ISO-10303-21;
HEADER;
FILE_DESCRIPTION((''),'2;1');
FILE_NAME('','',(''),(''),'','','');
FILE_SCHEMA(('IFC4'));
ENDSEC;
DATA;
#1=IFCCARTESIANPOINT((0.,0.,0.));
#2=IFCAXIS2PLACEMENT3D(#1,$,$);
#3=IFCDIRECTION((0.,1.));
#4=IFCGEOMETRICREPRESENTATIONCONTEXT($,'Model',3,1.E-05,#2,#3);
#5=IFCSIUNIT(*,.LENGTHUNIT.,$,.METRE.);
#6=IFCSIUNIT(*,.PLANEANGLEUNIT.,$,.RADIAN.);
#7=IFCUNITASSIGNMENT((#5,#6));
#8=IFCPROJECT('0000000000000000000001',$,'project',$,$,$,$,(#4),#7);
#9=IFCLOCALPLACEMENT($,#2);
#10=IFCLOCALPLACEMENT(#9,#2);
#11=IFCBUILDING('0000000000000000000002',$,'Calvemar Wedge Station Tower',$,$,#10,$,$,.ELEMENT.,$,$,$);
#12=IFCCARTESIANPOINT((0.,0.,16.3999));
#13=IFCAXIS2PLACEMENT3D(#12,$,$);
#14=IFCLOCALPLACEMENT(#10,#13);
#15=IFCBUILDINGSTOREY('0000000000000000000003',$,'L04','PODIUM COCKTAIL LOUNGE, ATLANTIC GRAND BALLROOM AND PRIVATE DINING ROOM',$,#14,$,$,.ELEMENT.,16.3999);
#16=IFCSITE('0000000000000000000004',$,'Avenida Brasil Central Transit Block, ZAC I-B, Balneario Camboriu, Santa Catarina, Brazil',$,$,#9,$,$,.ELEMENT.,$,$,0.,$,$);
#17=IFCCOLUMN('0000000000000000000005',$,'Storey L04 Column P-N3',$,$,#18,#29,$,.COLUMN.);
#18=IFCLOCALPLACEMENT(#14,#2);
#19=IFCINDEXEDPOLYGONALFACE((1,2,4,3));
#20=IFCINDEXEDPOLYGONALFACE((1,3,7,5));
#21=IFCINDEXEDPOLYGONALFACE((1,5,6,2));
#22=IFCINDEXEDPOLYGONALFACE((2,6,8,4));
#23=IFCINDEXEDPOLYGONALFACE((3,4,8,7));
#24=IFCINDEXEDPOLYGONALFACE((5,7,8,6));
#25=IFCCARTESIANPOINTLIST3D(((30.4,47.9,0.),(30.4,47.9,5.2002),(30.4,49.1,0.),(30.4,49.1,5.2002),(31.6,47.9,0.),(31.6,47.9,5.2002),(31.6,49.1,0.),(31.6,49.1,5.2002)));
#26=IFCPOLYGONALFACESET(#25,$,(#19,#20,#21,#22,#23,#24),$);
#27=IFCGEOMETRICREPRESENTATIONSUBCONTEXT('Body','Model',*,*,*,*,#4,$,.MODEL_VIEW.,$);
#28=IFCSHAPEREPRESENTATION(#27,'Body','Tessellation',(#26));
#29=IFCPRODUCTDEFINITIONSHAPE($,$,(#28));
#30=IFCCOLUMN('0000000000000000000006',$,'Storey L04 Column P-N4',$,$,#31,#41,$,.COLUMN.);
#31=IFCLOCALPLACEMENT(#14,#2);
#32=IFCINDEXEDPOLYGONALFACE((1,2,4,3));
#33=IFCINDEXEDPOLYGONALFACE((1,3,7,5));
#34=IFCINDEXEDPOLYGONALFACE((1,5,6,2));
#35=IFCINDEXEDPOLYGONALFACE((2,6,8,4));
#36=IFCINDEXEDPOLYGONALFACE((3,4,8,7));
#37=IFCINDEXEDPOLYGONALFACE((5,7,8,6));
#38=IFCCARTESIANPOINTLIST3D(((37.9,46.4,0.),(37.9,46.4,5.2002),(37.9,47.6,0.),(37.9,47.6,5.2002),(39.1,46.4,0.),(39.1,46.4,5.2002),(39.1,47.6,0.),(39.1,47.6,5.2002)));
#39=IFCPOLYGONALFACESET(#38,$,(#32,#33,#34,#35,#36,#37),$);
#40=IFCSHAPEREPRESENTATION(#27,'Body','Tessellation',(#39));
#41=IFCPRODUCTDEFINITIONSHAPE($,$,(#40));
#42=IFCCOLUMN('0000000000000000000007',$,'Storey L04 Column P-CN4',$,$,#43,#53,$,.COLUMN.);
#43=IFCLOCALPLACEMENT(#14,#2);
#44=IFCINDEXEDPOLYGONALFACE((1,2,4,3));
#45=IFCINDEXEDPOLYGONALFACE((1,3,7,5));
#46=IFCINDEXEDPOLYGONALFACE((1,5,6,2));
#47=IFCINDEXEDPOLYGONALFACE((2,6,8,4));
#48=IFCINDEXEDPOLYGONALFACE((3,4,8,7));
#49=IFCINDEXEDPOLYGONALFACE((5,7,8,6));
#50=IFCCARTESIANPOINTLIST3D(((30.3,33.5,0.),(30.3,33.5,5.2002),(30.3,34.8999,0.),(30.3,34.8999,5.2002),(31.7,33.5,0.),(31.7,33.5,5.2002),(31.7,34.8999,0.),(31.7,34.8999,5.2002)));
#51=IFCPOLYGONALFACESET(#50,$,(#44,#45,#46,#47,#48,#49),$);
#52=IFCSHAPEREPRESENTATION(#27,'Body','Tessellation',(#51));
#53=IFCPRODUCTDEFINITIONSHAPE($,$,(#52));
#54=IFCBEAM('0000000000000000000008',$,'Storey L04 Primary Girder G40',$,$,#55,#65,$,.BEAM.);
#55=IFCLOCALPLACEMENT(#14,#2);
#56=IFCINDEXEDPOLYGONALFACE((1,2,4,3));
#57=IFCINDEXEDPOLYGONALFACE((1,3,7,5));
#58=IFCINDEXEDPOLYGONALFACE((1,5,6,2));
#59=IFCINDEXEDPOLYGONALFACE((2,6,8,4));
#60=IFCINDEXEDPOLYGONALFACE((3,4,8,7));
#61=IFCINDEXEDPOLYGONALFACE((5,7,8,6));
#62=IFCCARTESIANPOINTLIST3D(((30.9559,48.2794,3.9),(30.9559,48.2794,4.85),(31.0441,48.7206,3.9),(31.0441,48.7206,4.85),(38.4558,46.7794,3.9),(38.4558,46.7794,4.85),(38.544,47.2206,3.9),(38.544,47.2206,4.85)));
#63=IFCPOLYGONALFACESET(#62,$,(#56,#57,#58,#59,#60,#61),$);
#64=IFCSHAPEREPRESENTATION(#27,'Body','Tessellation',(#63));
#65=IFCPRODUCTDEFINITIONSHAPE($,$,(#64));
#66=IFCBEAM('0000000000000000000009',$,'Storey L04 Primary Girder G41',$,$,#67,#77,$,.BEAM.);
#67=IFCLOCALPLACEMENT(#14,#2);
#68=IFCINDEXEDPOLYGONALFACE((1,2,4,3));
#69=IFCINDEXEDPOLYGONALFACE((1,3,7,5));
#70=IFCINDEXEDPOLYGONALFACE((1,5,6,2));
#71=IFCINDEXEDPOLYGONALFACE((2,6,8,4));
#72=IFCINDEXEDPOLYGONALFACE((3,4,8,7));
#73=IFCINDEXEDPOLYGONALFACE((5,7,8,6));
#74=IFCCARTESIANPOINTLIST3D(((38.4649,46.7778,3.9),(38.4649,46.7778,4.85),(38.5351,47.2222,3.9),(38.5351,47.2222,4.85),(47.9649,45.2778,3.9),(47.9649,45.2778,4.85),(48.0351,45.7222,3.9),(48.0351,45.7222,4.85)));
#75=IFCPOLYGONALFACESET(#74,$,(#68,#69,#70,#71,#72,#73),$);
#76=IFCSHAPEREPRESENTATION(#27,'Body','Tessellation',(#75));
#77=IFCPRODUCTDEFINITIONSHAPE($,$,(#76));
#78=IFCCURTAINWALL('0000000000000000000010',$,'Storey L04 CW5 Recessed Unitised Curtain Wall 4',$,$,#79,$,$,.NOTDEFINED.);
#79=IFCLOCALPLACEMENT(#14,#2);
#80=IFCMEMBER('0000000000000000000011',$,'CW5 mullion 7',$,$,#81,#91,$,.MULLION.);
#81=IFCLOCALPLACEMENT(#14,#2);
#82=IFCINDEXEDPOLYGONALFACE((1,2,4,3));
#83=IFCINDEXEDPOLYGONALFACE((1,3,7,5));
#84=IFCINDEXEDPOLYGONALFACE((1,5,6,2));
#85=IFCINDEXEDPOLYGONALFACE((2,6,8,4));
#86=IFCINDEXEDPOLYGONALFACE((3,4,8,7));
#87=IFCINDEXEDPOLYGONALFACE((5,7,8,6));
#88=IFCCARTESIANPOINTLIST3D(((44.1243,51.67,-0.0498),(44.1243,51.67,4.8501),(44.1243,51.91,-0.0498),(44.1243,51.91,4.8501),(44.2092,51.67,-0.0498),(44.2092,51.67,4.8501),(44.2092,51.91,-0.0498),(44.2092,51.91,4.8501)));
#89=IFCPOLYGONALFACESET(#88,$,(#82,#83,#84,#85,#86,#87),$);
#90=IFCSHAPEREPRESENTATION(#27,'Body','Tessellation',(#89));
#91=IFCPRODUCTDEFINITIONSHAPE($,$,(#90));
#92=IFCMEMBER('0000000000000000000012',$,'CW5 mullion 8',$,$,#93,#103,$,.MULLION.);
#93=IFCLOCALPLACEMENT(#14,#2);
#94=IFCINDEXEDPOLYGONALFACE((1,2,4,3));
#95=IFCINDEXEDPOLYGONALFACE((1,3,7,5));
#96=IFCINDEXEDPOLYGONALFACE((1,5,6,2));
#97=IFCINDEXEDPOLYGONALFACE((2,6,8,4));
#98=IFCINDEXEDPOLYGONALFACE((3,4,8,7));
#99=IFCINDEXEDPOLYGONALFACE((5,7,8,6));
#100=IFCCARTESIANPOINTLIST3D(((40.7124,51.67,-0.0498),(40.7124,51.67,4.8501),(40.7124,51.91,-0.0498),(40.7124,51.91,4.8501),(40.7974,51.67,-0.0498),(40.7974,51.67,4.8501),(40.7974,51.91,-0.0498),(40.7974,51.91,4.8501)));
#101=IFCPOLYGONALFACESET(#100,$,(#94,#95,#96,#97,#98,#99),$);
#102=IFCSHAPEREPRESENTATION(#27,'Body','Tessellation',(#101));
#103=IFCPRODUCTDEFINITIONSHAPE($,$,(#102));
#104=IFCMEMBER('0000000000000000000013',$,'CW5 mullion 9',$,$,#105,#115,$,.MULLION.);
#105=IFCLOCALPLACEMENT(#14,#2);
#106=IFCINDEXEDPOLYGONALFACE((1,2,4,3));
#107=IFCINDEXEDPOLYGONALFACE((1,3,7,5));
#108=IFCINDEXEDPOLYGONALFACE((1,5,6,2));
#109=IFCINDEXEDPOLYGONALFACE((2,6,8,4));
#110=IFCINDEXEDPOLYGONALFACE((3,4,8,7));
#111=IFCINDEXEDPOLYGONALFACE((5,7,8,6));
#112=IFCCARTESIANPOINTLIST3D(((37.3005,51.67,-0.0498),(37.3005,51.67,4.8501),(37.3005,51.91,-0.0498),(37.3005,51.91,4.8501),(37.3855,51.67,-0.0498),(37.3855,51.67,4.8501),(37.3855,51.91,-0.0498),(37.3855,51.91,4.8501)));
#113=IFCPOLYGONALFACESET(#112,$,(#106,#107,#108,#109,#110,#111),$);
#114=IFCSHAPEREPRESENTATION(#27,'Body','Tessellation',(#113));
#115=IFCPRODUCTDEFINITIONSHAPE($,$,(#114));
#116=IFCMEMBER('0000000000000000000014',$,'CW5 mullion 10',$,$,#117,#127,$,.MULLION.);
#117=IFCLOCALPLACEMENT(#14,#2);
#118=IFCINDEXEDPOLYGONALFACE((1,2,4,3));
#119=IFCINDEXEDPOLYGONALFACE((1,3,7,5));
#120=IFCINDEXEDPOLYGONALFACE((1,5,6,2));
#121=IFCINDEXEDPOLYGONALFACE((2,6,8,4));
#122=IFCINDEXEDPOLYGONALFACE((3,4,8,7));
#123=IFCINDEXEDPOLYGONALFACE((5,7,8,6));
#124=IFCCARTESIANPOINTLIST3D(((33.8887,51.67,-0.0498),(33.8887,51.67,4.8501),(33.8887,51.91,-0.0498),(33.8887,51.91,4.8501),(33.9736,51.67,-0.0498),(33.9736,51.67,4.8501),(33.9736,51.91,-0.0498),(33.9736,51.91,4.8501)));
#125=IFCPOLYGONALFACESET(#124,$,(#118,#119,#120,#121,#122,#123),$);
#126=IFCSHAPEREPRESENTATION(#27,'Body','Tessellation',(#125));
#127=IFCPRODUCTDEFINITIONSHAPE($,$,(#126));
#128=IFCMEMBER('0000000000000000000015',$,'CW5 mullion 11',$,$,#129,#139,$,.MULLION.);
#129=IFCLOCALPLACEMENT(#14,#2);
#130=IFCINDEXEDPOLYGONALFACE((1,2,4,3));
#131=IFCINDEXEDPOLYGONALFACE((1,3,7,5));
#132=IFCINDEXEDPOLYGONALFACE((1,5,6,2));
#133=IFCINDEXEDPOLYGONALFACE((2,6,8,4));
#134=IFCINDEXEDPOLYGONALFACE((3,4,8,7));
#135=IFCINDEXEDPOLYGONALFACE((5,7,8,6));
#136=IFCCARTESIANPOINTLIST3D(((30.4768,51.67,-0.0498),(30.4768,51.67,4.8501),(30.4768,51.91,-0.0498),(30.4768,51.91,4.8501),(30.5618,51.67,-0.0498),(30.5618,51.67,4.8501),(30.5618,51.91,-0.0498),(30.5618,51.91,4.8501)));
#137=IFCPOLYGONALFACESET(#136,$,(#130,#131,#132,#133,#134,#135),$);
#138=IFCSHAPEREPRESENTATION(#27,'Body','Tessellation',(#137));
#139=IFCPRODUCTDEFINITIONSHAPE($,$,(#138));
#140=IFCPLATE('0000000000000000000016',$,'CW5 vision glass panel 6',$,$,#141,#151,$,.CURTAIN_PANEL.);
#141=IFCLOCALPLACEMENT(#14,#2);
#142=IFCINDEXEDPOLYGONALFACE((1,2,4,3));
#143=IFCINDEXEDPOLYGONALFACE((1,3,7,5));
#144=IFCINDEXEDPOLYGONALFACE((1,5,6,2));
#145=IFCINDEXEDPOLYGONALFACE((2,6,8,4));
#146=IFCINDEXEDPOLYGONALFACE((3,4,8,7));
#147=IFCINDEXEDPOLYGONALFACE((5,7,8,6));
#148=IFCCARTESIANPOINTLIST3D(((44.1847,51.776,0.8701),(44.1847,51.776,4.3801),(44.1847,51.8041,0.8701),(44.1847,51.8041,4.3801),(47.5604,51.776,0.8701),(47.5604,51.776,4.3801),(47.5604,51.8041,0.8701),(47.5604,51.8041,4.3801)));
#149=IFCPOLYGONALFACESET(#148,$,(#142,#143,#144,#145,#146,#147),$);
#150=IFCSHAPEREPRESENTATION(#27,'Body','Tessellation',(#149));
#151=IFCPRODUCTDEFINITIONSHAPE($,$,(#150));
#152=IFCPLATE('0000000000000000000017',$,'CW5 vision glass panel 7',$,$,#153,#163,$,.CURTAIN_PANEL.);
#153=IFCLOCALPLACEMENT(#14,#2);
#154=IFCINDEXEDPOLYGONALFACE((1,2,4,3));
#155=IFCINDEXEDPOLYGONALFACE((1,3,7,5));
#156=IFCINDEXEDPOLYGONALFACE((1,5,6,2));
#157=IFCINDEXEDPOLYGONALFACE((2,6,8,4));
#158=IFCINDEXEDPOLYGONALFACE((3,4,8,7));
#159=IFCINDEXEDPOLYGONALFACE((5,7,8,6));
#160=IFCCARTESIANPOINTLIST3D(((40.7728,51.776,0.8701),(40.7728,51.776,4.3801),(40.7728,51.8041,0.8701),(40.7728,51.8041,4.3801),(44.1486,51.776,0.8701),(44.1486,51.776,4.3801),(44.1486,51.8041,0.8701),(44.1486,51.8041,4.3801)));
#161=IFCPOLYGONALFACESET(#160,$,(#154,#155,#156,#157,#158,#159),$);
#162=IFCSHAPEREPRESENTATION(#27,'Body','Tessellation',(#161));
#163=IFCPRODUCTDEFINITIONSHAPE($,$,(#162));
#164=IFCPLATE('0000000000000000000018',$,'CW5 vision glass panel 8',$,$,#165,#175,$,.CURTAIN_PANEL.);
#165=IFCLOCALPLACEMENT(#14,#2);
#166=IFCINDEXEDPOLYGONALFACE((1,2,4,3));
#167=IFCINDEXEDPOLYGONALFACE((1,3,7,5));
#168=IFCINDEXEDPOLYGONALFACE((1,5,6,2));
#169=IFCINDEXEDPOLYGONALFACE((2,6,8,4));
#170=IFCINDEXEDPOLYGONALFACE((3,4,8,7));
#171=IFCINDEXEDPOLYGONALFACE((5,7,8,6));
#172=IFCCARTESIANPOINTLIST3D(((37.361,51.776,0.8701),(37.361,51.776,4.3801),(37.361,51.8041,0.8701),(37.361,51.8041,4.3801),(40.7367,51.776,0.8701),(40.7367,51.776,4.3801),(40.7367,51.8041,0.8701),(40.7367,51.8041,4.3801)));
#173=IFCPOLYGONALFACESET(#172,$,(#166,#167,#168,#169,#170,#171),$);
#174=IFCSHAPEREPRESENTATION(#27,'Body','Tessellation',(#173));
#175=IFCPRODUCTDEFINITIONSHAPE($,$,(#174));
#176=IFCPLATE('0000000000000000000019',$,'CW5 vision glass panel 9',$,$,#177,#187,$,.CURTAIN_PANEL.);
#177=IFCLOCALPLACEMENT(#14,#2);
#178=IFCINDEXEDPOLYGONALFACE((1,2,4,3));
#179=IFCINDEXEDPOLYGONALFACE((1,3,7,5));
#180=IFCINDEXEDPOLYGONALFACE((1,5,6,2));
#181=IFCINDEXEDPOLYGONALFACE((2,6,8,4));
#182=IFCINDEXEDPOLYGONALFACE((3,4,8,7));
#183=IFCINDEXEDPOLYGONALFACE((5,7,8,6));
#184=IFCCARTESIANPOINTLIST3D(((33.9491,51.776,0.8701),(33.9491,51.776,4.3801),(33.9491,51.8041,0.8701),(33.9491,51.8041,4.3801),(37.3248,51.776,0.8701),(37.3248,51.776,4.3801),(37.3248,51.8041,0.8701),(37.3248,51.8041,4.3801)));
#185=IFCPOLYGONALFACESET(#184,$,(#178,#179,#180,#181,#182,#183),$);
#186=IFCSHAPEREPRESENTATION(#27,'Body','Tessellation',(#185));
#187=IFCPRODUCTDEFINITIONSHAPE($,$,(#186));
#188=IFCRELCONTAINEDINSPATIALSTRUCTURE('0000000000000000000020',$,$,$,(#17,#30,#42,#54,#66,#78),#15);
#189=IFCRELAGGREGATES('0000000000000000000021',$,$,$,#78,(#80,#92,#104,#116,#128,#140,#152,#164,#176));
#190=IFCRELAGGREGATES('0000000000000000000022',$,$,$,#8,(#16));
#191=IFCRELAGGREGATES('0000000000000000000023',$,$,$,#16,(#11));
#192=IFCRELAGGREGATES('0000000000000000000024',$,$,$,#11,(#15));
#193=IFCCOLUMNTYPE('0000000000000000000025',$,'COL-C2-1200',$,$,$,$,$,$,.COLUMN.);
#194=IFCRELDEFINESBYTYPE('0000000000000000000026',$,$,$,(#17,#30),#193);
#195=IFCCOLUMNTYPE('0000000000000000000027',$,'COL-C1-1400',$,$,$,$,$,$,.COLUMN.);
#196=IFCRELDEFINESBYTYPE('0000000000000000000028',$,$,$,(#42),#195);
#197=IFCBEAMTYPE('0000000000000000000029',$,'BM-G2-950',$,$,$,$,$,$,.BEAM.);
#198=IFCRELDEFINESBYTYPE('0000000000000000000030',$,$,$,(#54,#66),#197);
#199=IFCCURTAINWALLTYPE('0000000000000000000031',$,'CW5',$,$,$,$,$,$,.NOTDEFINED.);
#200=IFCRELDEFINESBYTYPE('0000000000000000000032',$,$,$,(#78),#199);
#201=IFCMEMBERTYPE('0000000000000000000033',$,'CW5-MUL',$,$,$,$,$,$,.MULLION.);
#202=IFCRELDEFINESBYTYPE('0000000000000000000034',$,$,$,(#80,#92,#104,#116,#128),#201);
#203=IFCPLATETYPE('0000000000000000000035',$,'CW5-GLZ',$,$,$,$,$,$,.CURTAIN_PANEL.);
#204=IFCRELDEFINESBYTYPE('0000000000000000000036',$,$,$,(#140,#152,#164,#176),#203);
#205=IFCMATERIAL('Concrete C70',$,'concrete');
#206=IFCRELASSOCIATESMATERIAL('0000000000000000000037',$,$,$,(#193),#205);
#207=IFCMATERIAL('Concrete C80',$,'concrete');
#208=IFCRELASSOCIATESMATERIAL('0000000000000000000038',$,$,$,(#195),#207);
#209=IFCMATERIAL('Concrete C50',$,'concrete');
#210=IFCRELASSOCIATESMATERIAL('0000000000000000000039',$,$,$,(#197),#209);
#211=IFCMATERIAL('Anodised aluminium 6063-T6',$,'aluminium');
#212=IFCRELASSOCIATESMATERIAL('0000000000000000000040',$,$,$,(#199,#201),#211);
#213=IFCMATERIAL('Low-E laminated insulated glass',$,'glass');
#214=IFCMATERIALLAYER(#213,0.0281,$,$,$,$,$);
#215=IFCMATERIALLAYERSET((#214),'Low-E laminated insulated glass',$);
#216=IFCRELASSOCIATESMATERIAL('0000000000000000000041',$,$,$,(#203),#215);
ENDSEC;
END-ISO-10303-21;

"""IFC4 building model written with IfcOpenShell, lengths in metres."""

from ifc_helpers import new_model, si_unit, direction, frame, frame_2d, origin, origin_2d, place, context, subcontext, project, spatial, rectangle, extrude, source, transform, mapped, material, layer, layer_set, material_profile, profile_set, type_object, element, aggregate, save


model = new_model("IFC4")

# Units and contexts
model_context = context("Model", 3, precision=1e-05, world=origin(), true_north=direction((0.0, 1.0)))
body_context = subcontext(model_context, "Body", "Model", "MODEL_VIEW")
ifc_project = project(units=[si_unit("LENGTHUNIT", "METRE"), si_unit("PLANEANGLEUNIT", "RADIAN")], contexts=[model_context])

# Site, building, storey
site_placement = place(None, origin())
site = spatial("IfcSite", under=ifc_project, at=site_placement, Name="Avenida Brasil Central Transit Block, ZAC I-B, Balneario Camboriu, Santa Catarina, Brazil", CompositionType="ELEMENT", RefElevation=0.0)
building_placement = place(site_placement, origin())
building = spatial("IfcBuilding", under=site, at=building_placement, Name="Calvemar Wedge Station Tower", CompositionType="ELEMENT")
storey_placement = place(building_placement, frame((0.0, 0.0, 16.3999)))
storey = spatial("IfcBuildingStorey", under=building, at=storey_placement, Name="L04", Description="PODIUM COCKTAIL LOUNGE, ATLANTIC GRAND BALLROOM AND PRIVATE DINING ROOM", CompositionType="ELEMENT", Elevation=16.3999)

# Columns
ifc_material_1 = material(Name="Concrete C70", Category="concrete")
ifc_material_profile_1 = material_profile(ifc_material_1, rectangle(XDim=1.2, YDim=1.2, at=origin_2d()), Name="RC1200x1200")
ifc_profile_set_1 = profile_set([ifc_material_profile_1], Name="Concrete C70")
column_type_1 = type_object("IfcColumnType", Name="COL-C2-1200", PredefinedType="COLUMN", material=ifc_profile_set_1)
shared_shape_1 = source(origin(), body_context, "Body", "SweptSolid", [
    extrude(rectangle(XDim=1.2, YDim=1.2, at=origin_2d()), origin(), (0.0, 0.0, 1.0), 5.2002),
])
for number, where, z_axis, x_axis, name in (
    (1, (31.0, 48.5, 0.0), (0.0, 0.0, 1.0), (1.0, 0.0, 0.0), "Storey L04 Column P-N3"),
    (2, (38.5, 47.0, 0.0), (0.0, 0.0, 1.0), (1.0, 0.0, 0.0), "Storey L04 Column P-N4"),
):
    element("IfcColumn", number, at=place(storey_placement, frame(where, z_axis=z_axis, x_axis=x_axis)), inside=storey, type_object=column_type_1, Name=name, PredefinedType="COLUMN", context=body_context, shape_type="MappedRepresentation", body=[
        mapped(shared_shape_1, transform((0.0, 0.0, 0.0), scale=1.0)),
    ])
ifc_material_2 = material(Name="Concrete C80", Category="concrete")
ifc_material_profile_2 = material_profile(ifc_material_2, rectangle(XDim=1.3999, YDim=1.3999, at=origin_2d()), Name="RC1400x1400")
ifc_profile_set_2 = profile_set([ifc_material_profile_2], Name="Concrete C80")
column_type_2 = type_object("IfcColumnType", Name="COL-C1-1400", PredefinedType="COLUMN", material=ifc_profile_set_2)
shared_shape_2 = source(origin(), body_context, "Body", "SweptSolid", [
    extrude(rectangle(XDim=1.3999, YDim=1.3999, at=origin_2d()), origin(), (0.0, 0.0, 1.0), 5.2002),
])
column_placement = place(storey_placement, frame((31.0, 34.2, 0.0), z_axis=(0.0, 0.0, 1.0), x_axis=(1.0, 0.0, 0.0)))
element("IfcColumn", 3, at=column_placement, inside=storey, type_object=column_type_2, Name="Storey L04 Column P-CN4", PredefinedType="COLUMN", context=body_context, shape_type="MappedRepresentation", body=[
    mapped(shared_shape_2, transform((0.0, 0.0, 0.0), scale=1.0)),
])

# Beams
ifc_material_3 = material(Name="Concrete C50", Category="concrete")
ifc_material_profile_3 = material_profile(ifc_material_3, rectangle(XDim=0.45, YDim=0.95, at=origin_2d()), Name="RC450x950")
ifc_profile_set_3 = profile_set([ifc_material_profile_3], Name="Concrete C50")
beam_type = type_object("IfcBeamType", Name="BM-G2-950", PredefinedType="BEAM", material=ifc_profile_set_3)
shared_shape_3 = source(origin(), body_context, "Body", "SweptSolid", [
    extrude(rectangle(XDim=0.45, YDim=0.95, at=origin_2d()), origin(), (0.0, 0.0, 1.0), 7.6484),
])
beam_1_placement = place(storey_placement, frame((31.0, 48.5, 4.375), z_axis=(0.980581, -0.196116, 0.0), x_axis=(0.196116, 0.980581, 0.0)))
element("IfcBeam", 4, at=beam_1_placement, inside=storey, type_object=beam_type, Name="Storey L04 Primary Girder G40", PredefinedType="BEAM", context=body_context, shape_type="MappedRepresentation", body=[
    mapped(shared_shape_3, transform((0.0, 0.0, 0.0), scale=1.0)),
])
shared_shape_4 = source(origin(), body_context, "Body", "SweptSolid", [
    extrude(rectangle(XDim=0.45, YDim=0.95, at=origin_2d()), origin(), (0.0, 0.0, 1.0), 9.6177),
])
beam_2_placement = place(storey_placement, frame((38.5, 47.0, 4.375), z_axis=(0.987763, -0.155963, 0.0), x_axis=(0.155963, 0.987763, 0.0)))
element("IfcBeam", 5, at=beam_2_placement, inside=storey, type_object=beam_type, Name="Storey L04 Primary Girder G41", PredefinedType="BEAM", context=body_context, shape_type="MappedRepresentation", body=[
    mapped(shared_shape_4, transform((0.0, 0.0, 0.0), scale=1.0)),
])

# Curtain wall, members, plates
ifc_material_4 = material(Name="Anodised aluminium 6063-T6", Category="aluminium")
curtain_wall_type = type_object("IfcCurtainWallType", Name="CW5", PredefinedType="NOTDEFINED", material=ifc_material_4)
curtain_wall_placement = place(storey_placement, origin())
curtain_wall = element("IfcCurtainWall", 6, at=curtain_wall_placement, inside=storey, type_object=curtain_wall_type, Name="Storey L04 CW5 Recessed Unitised Curtain Wall 4", PredefinedType="NOTDEFINED")
ifc_material_profile_4 = material_profile(ifc_material_4, rectangle(XDim=0.085, YDim=0.24, at=origin_2d()), Name="AL-MUL-85x240")
ifc_profile_set_4 = profile_set([ifc_material_profile_4], Name="Anodised aluminium 6063-T6")
member_type = type_object("IfcMemberType", Name="CW5-MUL", PredefinedType="MULLION", material=ifc_profile_set_4)
shared_shape_5 = source(origin(), body_context, "Body", "SweptSolid", [
    extrude(rectangle(XDim=0.085, YDim=0.24, at=origin_2d()), origin(), (0.0, 0.0, 1.0), 4.8999),
])
member_1_placement = place(storey_placement, frame((44.1667, 51.79, -0.0498), z_axis=(0.0, 0.0, 1.0), x_axis=(1.0, 0.0, 0.0)))
member_1 = element("IfcMember", 7, at=member_1_placement, type_object=member_type, Name="CW5 mullion 7", PredefinedType="MULLION", context=body_context, shape_type="MappedRepresentation", body=[
    mapped(shared_shape_5, transform((0.0, 0.0, 0.0), scale=1.0)),
])
member_2_placement = place(storey_placement, frame((40.7549, 51.79, -0.0498), z_axis=(0.0, 0.0, 1.0), x_axis=(1.0, 0.0, 0.0)))
member_2 = element("IfcMember", 8, at=member_2_placement, type_object=member_type, Name="CW5 mullion 8", PredefinedType="MULLION", context=body_context, shape_type="MappedRepresentation", body=[
    mapped(shared_shape_5, transform((0.0, 0.0, 0.0), scale=1.0)),
])
member_3_placement = place(storey_placement, frame((37.343, 51.79, -0.0498), z_axis=(0.0, 0.0, 1.0), x_axis=(1.0, 0.0, 0.0)))
member_3 = element("IfcMember", 9, at=member_3_placement, type_object=member_type, Name="CW5 mullion 9", PredefinedType="MULLION", context=body_context, shape_type="MappedRepresentation", body=[
    mapped(shared_shape_5, transform((0.0, 0.0, 0.0), scale=1.0)),
])
member_4_placement = place(storey_placement, frame((33.9312, 51.79, -0.0498), z_axis=(0.0, 0.0, 1.0), x_axis=(1.0, 0.0, 0.0)))
member_4 = element("IfcMember", 10, at=member_4_placement, type_object=member_type, Name="CW5 mullion 10", PredefinedType="MULLION", context=body_context, shape_type="MappedRepresentation", body=[
    mapped(shared_shape_5, transform((0.0, 0.0, 0.0), scale=1.0)),
])
member_5_placement = place(storey_placement, frame((30.5193, 51.79, -0.0498), z_axis=(0.0, 0.0, 1.0), x_axis=(1.0, 0.0, 0.0)))
member_5 = element("IfcMember", 11, at=member_5_placement, type_object=member_type, Name="CW5 mullion 11", PredefinedType="MULLION", context=body_context, shape_type="MappedRepresentation", body=[
    mapped(shared_shape_5, transform((0.0, 0.0, 0.0), scale=1.0)),
])
ifc_material_5 = material(Name="Low-E laminated insulated glass", Category="glass")
ifc_layer_1 = layer(ifc_material_5, 0.0281)
ifc_layer_set_1 = layer_set([ifc_layer_1], Name="Low-E laminated insulated glass")
plate_type_1 = type_object("IfcPlateType", Name="CW5-GLZ", PredefinedType="CURTAIN_PANEL", material=ifc_layer_set_1)
plate_1_placement = place(storey_placement, frame((47.5605, 51.79, 0.8701), z_axis=(0.0, 0.0, 1.0), x_axis=(-1.0, 0.0, 0.0)))
plate_1 = element("IfcPlate", 12, at=plate_1_placement, type_object=plate_type_1, Name="CW5 vision glass panel 6", PredefinedType="CURTAIN_PANEL", context=body_context, shape_type="SweptSolid", body=[
    extrude(rectangle(XDim=3.3757, YDim=0.0281, at=frame_2d((1.688, 0.0))), origin(), (0.0, 0.0, 1.0), 3.51),
])
plate_2_placement = place(storey_placement, frame((44.1487, 51.79, 0.8701), z_axis=(0.0, 0.0, 1.0), x_axis=(-1.0, 0.0, 0.0)))
plate_2 = element("IfcPlate", 13, at=plate_2_placement, type_object=plate_type_1, Name="CW5 vision glass panel 7", PredefinedType="CURTAIN_PANEL", context=body_context, shape_type="SweptSolid", body=[
    extrude(rectangle(XDim=3.3757, YDim=0.0281, at=frame_2d((1.688, 0.0))), origin(), (0.0, 0.0, 1.0), 3.51),
])
plate_3_placement = place(storey_placement, frame((40.7368, 51.79, 0.8701), z_axis=(0.0, 0.0, 1.0), x_axis=(-1.0, 0.0, 0.0)))
plate_3 = element("IfcPlate", 14, at=plate_3_placement, type_object=plate_type_1, Name="CW5 vision glass panel 8", PredefinedType="CURTAIN_PANEL", context=body_context, shape_type="SweptSolid", body=[
    extrude(rectangle(XDim=3.3757, YDim=0.0281, at=frame_2d((1.688, 0.0))), origin(), (0.0, 0.0, 1.0), 3.51),
])
plate_4_placement = place(storey_placement, frame((37.325, 51.79, 0.8701), z_axis=(0.0, 0.0, 1.0), x_axis=(-1.0, 0.0, 0.0)))
plate_4 = element("IfcPlate", 15, at=plate_4_placement, type_object=plate_type_1, Name="CW5 vision glass panel 9", PredefinedType="CURTAIN_PANEL", context=body_context, shape_type="SweptSolid", body=[
    extrude(rectangle(XDim=3.3757, YDim=0.0281, at=frame_2d((1.688, 0.0))), origin(), (0.0, 0.0, 1.0), 3.51),
])
aggregate(curtain_wall, [member_1, member_2, member_3, member_4, member_5, plate_1, plate_2, plate_3, plate_4])

save(model, "model.ifc")
